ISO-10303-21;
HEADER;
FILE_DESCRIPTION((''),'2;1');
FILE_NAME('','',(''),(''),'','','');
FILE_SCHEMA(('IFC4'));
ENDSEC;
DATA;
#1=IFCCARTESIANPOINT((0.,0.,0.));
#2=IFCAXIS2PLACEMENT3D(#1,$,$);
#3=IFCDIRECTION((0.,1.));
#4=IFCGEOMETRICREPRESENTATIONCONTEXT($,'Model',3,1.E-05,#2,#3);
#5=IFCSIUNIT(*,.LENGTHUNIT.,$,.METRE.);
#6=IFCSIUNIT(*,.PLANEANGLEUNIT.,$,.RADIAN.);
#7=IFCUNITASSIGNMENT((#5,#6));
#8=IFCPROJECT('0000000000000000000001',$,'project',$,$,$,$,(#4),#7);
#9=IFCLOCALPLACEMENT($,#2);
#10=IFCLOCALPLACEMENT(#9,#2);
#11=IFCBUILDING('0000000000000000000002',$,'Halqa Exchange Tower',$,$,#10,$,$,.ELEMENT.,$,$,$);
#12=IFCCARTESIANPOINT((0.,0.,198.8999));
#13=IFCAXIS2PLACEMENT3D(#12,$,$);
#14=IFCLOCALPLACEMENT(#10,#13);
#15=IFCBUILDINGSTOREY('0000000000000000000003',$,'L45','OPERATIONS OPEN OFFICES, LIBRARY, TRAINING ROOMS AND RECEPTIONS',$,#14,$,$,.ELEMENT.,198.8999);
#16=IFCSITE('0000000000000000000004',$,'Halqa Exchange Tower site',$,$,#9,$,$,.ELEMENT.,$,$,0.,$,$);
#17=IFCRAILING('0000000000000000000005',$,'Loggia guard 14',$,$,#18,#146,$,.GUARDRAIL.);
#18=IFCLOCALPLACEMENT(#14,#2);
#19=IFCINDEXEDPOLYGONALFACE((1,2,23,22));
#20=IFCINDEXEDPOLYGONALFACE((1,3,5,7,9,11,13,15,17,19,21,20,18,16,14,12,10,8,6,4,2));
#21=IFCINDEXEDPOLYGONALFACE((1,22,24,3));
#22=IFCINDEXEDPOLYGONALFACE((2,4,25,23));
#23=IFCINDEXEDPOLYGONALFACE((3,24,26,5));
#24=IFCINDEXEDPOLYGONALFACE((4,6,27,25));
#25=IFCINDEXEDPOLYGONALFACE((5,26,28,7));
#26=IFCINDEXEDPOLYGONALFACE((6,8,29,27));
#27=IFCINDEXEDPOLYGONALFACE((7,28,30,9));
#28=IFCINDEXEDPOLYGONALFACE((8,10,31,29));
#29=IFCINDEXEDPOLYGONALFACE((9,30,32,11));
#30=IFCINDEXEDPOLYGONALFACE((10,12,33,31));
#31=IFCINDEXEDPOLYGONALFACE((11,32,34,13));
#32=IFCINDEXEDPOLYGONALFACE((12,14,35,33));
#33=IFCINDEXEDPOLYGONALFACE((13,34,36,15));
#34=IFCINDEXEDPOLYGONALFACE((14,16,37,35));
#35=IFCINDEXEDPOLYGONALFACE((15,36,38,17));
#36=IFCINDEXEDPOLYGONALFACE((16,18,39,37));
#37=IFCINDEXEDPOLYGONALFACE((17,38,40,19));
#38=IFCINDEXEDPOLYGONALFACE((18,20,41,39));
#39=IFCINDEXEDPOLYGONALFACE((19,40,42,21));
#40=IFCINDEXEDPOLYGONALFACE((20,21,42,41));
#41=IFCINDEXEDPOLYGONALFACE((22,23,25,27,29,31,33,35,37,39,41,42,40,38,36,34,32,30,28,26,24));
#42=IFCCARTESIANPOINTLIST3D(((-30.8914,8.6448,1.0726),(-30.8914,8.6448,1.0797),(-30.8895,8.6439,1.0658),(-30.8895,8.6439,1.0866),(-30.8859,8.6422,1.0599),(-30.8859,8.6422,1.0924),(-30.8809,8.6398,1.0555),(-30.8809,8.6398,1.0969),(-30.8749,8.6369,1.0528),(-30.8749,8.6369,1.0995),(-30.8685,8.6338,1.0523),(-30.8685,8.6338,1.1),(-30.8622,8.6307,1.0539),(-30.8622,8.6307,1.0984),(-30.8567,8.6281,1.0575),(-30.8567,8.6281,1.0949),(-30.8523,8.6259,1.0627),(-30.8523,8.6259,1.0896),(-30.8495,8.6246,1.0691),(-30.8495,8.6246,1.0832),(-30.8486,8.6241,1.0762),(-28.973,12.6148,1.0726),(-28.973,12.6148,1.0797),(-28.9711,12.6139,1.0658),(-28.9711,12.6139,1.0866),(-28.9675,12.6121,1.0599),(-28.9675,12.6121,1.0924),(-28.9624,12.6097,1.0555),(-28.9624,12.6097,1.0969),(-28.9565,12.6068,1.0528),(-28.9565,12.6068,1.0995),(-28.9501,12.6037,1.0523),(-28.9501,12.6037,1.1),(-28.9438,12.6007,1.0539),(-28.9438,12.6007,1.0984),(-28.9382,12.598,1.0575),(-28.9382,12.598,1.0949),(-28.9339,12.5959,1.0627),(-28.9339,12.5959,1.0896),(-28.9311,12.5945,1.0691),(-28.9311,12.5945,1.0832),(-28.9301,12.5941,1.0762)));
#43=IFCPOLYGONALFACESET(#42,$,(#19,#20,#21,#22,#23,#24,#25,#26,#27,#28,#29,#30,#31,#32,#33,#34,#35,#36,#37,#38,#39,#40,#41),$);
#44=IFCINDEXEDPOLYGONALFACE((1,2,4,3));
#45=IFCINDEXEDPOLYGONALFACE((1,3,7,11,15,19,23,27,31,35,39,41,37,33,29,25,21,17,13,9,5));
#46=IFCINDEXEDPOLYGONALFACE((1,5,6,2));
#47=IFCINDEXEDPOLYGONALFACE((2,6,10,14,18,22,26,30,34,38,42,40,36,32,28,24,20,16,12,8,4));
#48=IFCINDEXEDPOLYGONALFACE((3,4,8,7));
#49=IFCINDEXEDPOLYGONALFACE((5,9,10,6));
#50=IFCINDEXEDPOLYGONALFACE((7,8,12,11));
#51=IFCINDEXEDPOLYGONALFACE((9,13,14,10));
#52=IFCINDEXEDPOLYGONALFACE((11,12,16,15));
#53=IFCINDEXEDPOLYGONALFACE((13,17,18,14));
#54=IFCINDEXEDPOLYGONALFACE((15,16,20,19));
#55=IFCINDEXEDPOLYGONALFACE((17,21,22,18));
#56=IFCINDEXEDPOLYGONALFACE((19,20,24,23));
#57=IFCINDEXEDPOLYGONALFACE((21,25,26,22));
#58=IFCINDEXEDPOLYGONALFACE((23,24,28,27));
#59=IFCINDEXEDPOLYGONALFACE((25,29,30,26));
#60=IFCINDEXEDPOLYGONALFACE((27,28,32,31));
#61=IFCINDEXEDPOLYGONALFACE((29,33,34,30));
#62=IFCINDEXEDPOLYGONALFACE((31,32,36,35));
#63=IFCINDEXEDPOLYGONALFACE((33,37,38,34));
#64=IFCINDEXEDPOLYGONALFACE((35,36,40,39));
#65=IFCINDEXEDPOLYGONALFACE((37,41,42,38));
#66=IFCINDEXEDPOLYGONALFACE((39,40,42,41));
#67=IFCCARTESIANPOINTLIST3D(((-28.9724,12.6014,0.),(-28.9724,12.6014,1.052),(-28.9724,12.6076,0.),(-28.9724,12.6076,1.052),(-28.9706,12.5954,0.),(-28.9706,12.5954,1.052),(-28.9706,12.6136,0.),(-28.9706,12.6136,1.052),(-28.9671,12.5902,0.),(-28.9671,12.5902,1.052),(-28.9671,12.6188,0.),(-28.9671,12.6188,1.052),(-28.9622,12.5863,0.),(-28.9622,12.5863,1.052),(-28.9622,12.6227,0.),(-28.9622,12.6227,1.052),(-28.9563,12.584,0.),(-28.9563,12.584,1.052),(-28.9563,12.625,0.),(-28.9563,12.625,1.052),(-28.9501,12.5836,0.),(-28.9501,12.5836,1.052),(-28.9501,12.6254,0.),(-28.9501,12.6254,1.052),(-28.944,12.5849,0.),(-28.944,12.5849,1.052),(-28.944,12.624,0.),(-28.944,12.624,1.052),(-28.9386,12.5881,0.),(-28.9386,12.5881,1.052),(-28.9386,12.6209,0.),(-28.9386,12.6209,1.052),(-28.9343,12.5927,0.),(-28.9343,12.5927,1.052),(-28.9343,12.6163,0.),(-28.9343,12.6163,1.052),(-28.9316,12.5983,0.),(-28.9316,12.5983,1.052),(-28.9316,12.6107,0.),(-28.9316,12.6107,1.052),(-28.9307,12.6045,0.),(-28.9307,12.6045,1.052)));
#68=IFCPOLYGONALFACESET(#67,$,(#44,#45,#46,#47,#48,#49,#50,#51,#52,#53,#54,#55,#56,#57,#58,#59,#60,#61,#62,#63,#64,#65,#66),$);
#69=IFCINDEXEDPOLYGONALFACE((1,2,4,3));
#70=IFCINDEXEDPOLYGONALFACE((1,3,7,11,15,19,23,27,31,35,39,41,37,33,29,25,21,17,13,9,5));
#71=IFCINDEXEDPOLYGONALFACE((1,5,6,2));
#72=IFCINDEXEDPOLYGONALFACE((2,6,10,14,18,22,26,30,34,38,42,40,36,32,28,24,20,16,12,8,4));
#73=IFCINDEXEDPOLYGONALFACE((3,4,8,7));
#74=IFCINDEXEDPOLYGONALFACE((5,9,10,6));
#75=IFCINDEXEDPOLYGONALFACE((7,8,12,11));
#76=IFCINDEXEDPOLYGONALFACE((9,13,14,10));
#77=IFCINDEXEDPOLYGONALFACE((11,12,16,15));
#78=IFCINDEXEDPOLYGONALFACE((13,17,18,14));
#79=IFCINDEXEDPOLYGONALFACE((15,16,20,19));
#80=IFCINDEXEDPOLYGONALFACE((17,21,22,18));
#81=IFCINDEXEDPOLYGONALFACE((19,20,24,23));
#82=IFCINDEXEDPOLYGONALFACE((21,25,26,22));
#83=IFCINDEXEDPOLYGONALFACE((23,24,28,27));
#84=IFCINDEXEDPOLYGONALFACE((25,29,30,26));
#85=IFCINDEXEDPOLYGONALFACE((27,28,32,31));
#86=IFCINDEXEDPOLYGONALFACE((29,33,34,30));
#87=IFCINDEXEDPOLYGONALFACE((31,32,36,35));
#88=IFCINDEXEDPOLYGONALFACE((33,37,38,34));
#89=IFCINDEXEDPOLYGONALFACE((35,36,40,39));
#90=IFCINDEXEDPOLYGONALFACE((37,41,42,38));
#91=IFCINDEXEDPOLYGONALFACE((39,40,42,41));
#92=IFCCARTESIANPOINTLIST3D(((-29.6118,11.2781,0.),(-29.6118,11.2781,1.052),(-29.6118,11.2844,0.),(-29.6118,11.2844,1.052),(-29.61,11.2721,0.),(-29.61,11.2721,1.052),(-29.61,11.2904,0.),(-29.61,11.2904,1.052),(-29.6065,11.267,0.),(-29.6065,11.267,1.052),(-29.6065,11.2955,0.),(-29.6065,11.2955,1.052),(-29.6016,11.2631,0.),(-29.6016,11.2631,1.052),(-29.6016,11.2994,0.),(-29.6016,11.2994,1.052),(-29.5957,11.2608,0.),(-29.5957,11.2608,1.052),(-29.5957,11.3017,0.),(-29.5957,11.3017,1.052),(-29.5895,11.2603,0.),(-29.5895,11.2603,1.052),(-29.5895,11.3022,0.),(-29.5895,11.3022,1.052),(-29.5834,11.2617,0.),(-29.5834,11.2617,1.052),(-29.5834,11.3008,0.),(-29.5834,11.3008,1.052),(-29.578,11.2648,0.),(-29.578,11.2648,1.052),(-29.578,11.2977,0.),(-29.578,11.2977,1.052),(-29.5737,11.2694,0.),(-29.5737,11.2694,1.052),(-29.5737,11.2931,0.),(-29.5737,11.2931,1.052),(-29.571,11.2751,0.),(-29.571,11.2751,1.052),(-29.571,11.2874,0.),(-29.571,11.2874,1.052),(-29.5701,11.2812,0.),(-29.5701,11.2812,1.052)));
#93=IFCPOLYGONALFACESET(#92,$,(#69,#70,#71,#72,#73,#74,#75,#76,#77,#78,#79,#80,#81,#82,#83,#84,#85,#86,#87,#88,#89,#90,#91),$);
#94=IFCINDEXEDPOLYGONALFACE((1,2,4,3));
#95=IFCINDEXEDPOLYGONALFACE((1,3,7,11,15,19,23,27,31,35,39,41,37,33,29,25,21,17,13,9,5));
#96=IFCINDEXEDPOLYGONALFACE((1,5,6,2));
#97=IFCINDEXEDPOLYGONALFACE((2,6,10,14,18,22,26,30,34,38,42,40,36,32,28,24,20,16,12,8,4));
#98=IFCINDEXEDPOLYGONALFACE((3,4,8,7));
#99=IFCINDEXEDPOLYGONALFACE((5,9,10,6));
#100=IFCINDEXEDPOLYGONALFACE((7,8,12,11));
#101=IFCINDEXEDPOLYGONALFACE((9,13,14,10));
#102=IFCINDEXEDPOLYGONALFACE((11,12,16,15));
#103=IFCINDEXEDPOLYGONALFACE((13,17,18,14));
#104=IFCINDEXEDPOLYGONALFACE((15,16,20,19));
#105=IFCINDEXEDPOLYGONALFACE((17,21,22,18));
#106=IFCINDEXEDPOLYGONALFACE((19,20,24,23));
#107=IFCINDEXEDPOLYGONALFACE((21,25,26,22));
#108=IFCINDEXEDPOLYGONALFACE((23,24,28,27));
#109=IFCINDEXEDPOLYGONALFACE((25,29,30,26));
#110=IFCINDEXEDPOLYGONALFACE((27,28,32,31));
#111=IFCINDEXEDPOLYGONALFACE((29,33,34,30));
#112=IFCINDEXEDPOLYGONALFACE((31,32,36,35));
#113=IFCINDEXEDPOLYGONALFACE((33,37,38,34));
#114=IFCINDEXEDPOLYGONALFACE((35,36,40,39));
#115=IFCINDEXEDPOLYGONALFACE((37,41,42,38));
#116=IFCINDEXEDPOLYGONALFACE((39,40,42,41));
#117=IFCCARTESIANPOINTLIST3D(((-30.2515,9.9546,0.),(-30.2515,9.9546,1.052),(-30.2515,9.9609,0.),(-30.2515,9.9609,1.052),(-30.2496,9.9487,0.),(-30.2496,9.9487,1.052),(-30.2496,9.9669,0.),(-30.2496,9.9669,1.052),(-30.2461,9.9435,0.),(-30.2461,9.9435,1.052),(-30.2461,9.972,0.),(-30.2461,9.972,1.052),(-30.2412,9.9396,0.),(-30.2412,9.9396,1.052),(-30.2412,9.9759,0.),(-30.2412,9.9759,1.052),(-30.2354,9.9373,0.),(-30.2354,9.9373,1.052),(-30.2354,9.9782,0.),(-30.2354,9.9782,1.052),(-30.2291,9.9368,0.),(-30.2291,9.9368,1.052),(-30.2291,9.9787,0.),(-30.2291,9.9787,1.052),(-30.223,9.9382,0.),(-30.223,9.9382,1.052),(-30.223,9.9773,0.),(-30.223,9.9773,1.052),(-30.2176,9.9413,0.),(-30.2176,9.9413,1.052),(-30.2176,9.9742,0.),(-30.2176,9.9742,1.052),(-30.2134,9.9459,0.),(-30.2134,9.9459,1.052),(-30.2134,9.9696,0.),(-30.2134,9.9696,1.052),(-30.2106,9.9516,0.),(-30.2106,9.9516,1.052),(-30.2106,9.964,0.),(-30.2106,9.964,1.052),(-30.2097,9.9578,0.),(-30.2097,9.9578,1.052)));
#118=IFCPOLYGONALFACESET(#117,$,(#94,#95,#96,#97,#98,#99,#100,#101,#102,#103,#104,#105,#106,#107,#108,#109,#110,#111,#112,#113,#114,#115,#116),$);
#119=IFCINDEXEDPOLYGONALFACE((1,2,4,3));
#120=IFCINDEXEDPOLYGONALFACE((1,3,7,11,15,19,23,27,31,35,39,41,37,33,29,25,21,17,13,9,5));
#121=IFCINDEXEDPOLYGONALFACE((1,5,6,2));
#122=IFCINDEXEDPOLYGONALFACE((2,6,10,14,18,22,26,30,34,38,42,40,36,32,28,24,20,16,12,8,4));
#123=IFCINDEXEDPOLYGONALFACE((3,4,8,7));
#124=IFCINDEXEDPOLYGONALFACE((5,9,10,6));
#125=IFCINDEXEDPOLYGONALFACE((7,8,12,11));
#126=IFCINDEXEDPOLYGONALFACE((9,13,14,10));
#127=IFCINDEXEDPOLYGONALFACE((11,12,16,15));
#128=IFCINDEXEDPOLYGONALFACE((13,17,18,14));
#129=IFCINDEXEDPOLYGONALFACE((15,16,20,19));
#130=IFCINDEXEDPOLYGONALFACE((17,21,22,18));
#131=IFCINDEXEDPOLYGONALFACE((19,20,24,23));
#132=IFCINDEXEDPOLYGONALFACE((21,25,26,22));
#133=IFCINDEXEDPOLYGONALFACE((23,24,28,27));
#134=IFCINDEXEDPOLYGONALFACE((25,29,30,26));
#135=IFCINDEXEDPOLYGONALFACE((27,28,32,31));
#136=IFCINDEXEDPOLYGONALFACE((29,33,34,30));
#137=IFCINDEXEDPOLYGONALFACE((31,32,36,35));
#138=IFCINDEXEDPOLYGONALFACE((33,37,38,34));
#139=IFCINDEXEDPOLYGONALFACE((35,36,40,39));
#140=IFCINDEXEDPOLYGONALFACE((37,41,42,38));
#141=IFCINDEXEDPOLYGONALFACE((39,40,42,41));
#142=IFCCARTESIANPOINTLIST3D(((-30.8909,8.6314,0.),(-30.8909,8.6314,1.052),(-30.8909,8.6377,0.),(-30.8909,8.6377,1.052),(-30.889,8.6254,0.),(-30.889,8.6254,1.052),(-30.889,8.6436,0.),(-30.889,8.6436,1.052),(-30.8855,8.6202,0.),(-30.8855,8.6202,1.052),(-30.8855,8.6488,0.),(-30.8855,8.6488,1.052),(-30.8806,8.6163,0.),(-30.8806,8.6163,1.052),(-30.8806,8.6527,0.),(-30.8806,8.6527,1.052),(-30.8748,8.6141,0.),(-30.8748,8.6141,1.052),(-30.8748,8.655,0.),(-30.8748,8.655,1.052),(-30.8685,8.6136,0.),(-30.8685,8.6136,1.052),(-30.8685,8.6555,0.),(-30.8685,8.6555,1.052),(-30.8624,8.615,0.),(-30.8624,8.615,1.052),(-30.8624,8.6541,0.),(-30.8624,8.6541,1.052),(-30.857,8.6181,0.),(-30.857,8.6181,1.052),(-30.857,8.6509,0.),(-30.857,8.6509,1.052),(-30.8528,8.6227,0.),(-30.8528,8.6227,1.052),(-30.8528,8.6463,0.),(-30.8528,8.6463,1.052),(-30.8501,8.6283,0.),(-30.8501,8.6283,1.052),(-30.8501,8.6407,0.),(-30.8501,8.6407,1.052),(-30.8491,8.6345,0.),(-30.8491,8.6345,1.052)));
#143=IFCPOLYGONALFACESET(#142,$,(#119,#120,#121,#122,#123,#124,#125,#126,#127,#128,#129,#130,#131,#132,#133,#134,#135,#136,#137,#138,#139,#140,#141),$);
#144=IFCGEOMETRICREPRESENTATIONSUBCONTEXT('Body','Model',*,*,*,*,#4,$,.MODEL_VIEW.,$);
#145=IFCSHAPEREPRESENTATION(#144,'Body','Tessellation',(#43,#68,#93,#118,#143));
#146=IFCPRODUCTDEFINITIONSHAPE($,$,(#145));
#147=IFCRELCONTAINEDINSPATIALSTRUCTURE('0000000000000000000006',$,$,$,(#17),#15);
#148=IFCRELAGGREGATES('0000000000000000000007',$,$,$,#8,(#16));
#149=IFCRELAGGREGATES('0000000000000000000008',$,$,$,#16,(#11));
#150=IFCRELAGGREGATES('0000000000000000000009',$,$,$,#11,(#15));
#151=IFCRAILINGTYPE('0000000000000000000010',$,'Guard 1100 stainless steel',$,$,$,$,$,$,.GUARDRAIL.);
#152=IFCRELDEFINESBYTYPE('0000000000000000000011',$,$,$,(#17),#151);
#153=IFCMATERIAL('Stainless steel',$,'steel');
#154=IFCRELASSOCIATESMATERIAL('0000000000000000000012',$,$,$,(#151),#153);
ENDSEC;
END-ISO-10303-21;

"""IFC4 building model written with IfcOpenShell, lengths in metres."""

from ifc_helpers import new_model, si_unit, direction, frame, origin, origin_2d, place, context, subcontext, project, spatial, circle, extrude, material, type_object, element, save


model = new_model("IFC4")

# Units and contexts
model_context = context("Model", 3, precision=1e-05, world=origin(), true_north=direction((0.0, 1.0)))
body_context = subcontext(model_context, "Body", "Model", "MODEL_VIEW")
ifc_project = project(units=[si_unit("LENGTHUNIT", "METRE"), si_unit("PLANEANGLEUNIT", "RADIAN")], contexts=[model_context])

# Site, building, storey
site_placement = place(None, origin())
site = spatial("IfcSite", under=ifc_project, at=site_placement, Name="Halqa Exchange Tower site", CompositionType="ELEMENT", RefElevation=0.0)
building_placement = place(site_placement, origin())
building = spatial("IfcBuilding", under=site, at=building_placement, Name="Halqa Exchange Tower", CompositionType="ELEMENT")
storey_placement = place(building_placement, frame((0.0, 0.0, 198.8999)))
storey = spatial("IfcBuildingStorey", under=building, at=storey_placement, Name="L45", Description="OPERATIONS OPEN OFFICES, LIBRARY, TRAINING ROOMS AND RECEPTIONS", CompositionType="ELEMENT", Elevation=198.8999)

# Railing
ifc_material_1 = material(Name="Stainless steel", Category="steel")
railing_type = type_object("IfcRailingType", Name="Guard 1100 stainless steel", PredefinedType="GUARDRAIL", material=ifc_material_1)
railing_1_placement = place(storey_placement, frame((-28.9517, 12.6045, 0.0)))
element("IfcRailing", 1, at=railing_1_placement, inside=storey, type_object=railing_type, Name="Loggia guard 14", PredefinedType="GUARDRAIL", context=body_context, shape_type="SweptSolid", body=[
    extrude(circle(Radius=0.0239, at=origin_2d()), frame((0.0, 0.0, 1.0762), z_axis=(-0.435102, -0.900381, 0.0), x_axis=(0.900381, -0.435102, 0.0)), (0.0, 0.0, 1.0), 4.4092),
    extrude(circle(Radius=0.021, at=origin_2d()), origin(), (0.0, 0.0, 1.0), 1.052),
    extrude(circle(Radius=0.021, at=origin_2d()), frame((-0.6394, -1.3232, 0.0)), (0.0, 0.0, 1.0), 1.052),
    extrude(circle(Radius=0.021, at=origin_2d()), frame((-1.2791, -2.6467, 0.0)), (0.0, 0.0, 1.0), 1.052),
    extrude(circle(Radius=0.021, at=origin_2d()), frame((-1.9185, -3.97, 0.0)), (0.0, 0.0, 1.0), 1.052),
])

save(model, "model.ifc")
